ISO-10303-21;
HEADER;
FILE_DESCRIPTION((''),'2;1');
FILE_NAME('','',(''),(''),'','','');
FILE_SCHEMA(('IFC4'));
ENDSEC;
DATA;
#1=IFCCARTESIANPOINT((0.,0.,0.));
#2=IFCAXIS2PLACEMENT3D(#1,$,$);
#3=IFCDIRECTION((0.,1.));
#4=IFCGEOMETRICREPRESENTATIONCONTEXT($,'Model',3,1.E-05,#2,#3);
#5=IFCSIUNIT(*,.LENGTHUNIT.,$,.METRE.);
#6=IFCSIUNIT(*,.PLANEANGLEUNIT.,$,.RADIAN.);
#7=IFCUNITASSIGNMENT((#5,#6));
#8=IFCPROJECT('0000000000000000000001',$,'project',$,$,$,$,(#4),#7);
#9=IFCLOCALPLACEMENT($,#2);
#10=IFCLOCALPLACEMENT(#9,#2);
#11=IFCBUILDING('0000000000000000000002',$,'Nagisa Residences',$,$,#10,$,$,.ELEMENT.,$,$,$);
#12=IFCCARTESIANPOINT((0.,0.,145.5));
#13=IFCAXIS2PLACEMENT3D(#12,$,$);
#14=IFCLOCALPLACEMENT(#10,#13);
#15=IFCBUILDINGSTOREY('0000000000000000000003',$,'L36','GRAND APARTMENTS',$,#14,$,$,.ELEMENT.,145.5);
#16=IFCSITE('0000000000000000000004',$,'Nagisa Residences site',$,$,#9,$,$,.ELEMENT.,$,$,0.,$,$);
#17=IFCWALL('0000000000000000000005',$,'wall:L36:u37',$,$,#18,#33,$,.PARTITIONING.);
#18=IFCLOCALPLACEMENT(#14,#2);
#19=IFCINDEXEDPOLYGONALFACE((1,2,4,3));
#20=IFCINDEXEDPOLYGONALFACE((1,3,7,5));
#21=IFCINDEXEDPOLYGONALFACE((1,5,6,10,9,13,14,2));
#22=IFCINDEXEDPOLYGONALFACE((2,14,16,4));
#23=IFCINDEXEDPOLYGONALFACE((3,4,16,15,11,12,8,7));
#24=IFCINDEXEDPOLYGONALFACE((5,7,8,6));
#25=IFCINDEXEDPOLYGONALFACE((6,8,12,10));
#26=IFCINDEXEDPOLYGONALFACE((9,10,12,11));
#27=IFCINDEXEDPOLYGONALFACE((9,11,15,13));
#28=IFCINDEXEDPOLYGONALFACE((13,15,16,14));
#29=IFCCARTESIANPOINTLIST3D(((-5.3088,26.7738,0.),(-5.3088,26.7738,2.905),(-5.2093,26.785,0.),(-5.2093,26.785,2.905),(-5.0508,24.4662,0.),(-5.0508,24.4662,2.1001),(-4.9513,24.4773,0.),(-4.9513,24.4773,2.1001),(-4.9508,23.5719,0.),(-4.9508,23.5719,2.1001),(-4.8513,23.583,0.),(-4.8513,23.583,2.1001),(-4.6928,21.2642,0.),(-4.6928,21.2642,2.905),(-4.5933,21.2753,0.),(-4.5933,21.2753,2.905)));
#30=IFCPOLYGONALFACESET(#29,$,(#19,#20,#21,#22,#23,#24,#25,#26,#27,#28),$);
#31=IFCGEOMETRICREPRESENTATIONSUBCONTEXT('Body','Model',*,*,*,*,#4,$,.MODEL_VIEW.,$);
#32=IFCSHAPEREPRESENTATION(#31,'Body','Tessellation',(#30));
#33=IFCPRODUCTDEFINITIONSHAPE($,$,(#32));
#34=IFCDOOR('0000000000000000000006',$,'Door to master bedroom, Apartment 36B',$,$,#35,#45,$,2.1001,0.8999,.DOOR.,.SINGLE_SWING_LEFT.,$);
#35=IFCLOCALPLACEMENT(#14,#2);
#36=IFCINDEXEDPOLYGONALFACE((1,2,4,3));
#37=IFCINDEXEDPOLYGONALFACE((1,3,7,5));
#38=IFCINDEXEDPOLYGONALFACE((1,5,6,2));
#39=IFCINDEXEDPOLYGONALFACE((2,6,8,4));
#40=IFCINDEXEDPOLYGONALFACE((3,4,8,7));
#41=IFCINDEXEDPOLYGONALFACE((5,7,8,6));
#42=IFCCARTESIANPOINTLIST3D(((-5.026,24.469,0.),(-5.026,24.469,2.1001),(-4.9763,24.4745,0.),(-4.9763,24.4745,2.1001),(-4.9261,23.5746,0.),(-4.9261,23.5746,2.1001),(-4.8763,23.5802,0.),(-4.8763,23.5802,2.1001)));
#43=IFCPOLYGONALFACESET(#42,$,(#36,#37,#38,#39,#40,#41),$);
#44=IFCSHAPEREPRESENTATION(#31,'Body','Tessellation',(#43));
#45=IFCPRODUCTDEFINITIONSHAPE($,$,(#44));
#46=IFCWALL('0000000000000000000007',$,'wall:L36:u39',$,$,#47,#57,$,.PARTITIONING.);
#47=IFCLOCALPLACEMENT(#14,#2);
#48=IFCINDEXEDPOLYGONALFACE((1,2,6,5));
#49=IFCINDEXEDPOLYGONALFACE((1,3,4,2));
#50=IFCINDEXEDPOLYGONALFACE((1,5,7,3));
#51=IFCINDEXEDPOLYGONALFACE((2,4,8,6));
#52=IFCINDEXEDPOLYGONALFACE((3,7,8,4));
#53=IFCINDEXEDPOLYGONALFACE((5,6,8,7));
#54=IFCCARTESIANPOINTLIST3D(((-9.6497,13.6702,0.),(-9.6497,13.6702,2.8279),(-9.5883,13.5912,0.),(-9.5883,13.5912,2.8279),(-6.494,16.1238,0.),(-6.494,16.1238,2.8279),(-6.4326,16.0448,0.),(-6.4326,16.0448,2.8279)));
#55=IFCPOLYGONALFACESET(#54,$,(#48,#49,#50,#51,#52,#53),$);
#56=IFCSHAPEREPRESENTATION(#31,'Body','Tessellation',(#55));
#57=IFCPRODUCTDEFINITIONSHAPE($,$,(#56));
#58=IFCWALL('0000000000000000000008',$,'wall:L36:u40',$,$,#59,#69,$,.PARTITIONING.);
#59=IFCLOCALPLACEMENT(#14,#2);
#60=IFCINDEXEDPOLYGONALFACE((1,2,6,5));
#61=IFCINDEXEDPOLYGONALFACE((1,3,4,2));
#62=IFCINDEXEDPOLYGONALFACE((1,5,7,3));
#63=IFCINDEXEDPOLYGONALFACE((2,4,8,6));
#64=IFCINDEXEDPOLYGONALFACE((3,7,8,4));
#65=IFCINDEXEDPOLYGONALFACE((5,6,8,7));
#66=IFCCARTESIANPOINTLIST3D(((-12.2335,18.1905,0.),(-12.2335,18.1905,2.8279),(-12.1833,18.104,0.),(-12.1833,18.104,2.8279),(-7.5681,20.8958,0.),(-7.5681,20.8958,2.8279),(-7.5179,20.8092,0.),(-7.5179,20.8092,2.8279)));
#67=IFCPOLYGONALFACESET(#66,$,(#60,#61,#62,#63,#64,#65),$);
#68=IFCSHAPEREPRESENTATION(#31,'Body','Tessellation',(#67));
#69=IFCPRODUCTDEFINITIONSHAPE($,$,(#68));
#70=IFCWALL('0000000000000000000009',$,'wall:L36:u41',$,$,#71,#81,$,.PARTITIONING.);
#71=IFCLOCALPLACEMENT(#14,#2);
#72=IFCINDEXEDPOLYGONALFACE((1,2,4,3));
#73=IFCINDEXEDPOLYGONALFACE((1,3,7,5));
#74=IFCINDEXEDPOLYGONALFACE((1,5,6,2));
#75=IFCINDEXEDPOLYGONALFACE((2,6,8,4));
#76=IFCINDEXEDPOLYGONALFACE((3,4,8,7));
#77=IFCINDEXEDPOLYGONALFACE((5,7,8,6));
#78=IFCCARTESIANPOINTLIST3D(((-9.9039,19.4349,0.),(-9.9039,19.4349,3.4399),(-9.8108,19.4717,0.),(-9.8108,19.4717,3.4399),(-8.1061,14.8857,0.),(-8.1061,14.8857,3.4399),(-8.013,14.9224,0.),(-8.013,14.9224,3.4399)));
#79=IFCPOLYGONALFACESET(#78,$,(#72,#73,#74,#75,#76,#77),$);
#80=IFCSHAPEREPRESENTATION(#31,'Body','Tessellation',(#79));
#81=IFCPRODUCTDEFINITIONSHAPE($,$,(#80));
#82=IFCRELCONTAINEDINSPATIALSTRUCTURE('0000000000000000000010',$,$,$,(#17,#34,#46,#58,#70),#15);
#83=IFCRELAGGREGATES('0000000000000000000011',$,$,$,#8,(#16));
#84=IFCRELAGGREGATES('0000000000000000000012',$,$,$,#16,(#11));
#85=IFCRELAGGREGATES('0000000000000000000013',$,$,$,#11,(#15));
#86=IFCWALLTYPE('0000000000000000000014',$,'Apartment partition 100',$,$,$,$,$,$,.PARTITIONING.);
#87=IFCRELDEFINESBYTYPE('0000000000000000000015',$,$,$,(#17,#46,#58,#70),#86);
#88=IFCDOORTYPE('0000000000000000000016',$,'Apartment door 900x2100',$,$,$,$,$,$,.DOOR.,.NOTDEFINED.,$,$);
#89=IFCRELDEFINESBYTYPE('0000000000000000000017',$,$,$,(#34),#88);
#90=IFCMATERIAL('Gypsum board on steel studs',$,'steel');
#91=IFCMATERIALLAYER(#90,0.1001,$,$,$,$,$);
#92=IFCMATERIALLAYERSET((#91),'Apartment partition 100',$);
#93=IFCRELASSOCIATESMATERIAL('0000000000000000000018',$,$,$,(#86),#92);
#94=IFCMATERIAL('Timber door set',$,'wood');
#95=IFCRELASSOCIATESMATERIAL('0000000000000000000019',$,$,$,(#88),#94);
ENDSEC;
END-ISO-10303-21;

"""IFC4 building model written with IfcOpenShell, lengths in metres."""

from ifc_helpers import new_model, si_unit, direction, frame, frame_2d, origin, place, context, subcontext, project, spatial, rectangle, extrude, material, layer, layer_set, type_object, element, fill, save


model = new_model("IFC4")

# Units and contexts
model_context = context("Model", 3, precision=1e-05, world=origin(), true_north=direction((0.0, 1.0)))
body_context = subcontext(model_context, "Body", "Model", "MODEL_VIEW")
ifc_project = project(units=[si_unit("LENGTHUNIT", "METRE"), si_unit("PLANEANGLEUNIT", "RADIAN")], contexts=[model_context])

# Site, building, storey
site_placement = place(None, origin())
site = spatial("IfcSite", under=ifc_project, at=site_placement, Name="Nagisa Residences site", CompositionType="ELEMENT", RefElevation=0.0)
building_placement = place(site_placement, origin())
building = spatial("IfcBuilding", under=site, at=building_placement, Name="Nagisa Residences", CompositionType="ELEMENT")
storey_placement = place(building_placement, frame((0.0, 0.0, 145.5)))
storey = spatial("IfcBuildingStorey", under=building, at=storey_placement, Name="L36", Description="GRAND APARTMENTS", CompositionType="ELEMENT", Elevation=145.5)

# Wall, opening, door
ifc_material_1 = material(Name="Gypsum board on steel studs", Category="steel")
ifc_layer_1 = layer(ifc_material_1, 0.1001)
ifc_layer_set_1 = layer_set([ifc_layer_1], Name="Apartment partition 100")
wall_type_1 = type_object("IfcWallType", Name="Apartment partition 100", PredefinedType="PARTITIONING", material=ifc_layer_set_1)
ifc_material_2 = material(Name="Timber door set", Category="wood")
door_type_1 = type_object("IfcDoorType", Name="Apartment door 900x2100", OperationType="NOTDEFINED", PredefinedType="DOOR", material=ifc_material_2)
wall_1_placement = place(storey_placement, frame((-4.6431, 21.2698, 0.0), z_axis=(0.0, 0.0, 1.0), x_axis=(-0.111108, 0.993808, 0.0)))
wall_1 = element("IfcWall", 1, at=wall_1_placement, inside=storey, type_object=wall_type_1, Name="wall:L36:u37", PredefinedType="PARTITIONING", context=body_context, shape_type="SweptSolid", body=[
    extrude(rectangle(XDim=5.5439, YDim=0.1001, at=frame_2d((2.772, 0.0))), origin(), (0.0, 0.0, 1.0), 2.905),
])
opening_1_placement = place(wall_1_placement, frame((2.322, 0.0, 0.0)))
opening_1 = element("IfcOpeningElement", 2, at=opening_1_placement, cuts=wall_1, PredefinedType="OPENING", context=body_context, shape_type="SweptSolid", body=[
    extrude(rectangle(XDim=0.8999, YDim=2.1001, at=frame_2d((0.45, 1.05))), frame((0.0, 0.0601, 0.0), z_axis=(0.0, -1.0, 0.0), x_axis=(1.0, 0.0, 0.0)), (0.0, 0.0, 1.0), 0.1201),
])
door_1_placement = place(opening_1_placement, frame((0.8999, 0.0, 0.0), x_axis=(-1.0, 0.0, 0.0)))
door_1 = element("IfcDoor", 3, at=door_1_placement, inside=storey, type_object=door_type_1, Name="Door to master bedroom, Apartment 36B", OperationType="SINGLE_SWING_LEFT", OverallHeight=2.1001, OverallWidth=0.8999, PredefinedType="DOOR", context=body_context, shape_type="SweptSolid", body=[
    extrude(rectangle(XDim=0.8999, YDim=2.1001, at=frame_2d((0.45, 1.05))), frame((0.0, 0.0249, 0.0), z_axis=(0.0, -1.0, 0.0), x_axis=(1.0, 0.0, 0.0)), (0.0, 0.0, 1.0), 0.05),
])
fill(opening_1, door_1)

# Walls
wall_2_placement = place(storey_placement, frame((-6.4634, 16.0842, 0.0), z_axis=(0.0, 0.0, 1.0), x_axis=(-0.789457, -0.613805, 0.0)))
element("IfcWall", 4, at=wall_2_placement, inside=storey, type_object=wall_type_1, Name="wall:L36:u39", PredefinedType="PARTITIONING", context=body_context, shape_type="SweptSolid", body=[
    extrude(rectangle(XDim=3.9973, YDim=0.1001, at=frame_2d((1.9985, 0.0))), origin(), (0.0, 0.0, 1.0), 2.8279),
])
wall_3_placement = place(storey_placement, frame((-7.543, 20.8525, 0.0), z_axis=(0.0, 0.0, 1.0), x_axis=(-0.865086, -0.501623, 0.0)))
element("IfcWall", 5, at=wall_3_placement, inside=storey, type_object=wall_type_1, Name="wall:L36:u40", PredefinedType="PARTITIONING", context=body_context, shape_type="SweptSolid", body=[
    extrude(rectangle(XDim=5.3931, YDim=0.1001, at=frame_2d((2.6965, 0.0))), origin(), (0.0, 0.0, 1.0), 2.8279),
])
wall_4_placement = place(storey_placement, frame((-8.0596, 14.9041, 0.0), z_axis=(0.0, 0.0, 1.0), x_axis=(-0.367532, 0.930011, 0.0)))
element("IfcWall", 6, at=wall_4_placement, inside=storey, type_object=wall_type_1, Name="wall:L36:u41", PredefinedType="PARTITIONING", context=body_context, shape_type="SweptSolid", body=[
    extrude(rectangle(XDim=4.8916, YDim=0.1001, at=frame_2d((2.4458, 0.0))), origin(), (0.0, 0.0, 1.0), 3.4399),
])

save(model, "model.ifc")
